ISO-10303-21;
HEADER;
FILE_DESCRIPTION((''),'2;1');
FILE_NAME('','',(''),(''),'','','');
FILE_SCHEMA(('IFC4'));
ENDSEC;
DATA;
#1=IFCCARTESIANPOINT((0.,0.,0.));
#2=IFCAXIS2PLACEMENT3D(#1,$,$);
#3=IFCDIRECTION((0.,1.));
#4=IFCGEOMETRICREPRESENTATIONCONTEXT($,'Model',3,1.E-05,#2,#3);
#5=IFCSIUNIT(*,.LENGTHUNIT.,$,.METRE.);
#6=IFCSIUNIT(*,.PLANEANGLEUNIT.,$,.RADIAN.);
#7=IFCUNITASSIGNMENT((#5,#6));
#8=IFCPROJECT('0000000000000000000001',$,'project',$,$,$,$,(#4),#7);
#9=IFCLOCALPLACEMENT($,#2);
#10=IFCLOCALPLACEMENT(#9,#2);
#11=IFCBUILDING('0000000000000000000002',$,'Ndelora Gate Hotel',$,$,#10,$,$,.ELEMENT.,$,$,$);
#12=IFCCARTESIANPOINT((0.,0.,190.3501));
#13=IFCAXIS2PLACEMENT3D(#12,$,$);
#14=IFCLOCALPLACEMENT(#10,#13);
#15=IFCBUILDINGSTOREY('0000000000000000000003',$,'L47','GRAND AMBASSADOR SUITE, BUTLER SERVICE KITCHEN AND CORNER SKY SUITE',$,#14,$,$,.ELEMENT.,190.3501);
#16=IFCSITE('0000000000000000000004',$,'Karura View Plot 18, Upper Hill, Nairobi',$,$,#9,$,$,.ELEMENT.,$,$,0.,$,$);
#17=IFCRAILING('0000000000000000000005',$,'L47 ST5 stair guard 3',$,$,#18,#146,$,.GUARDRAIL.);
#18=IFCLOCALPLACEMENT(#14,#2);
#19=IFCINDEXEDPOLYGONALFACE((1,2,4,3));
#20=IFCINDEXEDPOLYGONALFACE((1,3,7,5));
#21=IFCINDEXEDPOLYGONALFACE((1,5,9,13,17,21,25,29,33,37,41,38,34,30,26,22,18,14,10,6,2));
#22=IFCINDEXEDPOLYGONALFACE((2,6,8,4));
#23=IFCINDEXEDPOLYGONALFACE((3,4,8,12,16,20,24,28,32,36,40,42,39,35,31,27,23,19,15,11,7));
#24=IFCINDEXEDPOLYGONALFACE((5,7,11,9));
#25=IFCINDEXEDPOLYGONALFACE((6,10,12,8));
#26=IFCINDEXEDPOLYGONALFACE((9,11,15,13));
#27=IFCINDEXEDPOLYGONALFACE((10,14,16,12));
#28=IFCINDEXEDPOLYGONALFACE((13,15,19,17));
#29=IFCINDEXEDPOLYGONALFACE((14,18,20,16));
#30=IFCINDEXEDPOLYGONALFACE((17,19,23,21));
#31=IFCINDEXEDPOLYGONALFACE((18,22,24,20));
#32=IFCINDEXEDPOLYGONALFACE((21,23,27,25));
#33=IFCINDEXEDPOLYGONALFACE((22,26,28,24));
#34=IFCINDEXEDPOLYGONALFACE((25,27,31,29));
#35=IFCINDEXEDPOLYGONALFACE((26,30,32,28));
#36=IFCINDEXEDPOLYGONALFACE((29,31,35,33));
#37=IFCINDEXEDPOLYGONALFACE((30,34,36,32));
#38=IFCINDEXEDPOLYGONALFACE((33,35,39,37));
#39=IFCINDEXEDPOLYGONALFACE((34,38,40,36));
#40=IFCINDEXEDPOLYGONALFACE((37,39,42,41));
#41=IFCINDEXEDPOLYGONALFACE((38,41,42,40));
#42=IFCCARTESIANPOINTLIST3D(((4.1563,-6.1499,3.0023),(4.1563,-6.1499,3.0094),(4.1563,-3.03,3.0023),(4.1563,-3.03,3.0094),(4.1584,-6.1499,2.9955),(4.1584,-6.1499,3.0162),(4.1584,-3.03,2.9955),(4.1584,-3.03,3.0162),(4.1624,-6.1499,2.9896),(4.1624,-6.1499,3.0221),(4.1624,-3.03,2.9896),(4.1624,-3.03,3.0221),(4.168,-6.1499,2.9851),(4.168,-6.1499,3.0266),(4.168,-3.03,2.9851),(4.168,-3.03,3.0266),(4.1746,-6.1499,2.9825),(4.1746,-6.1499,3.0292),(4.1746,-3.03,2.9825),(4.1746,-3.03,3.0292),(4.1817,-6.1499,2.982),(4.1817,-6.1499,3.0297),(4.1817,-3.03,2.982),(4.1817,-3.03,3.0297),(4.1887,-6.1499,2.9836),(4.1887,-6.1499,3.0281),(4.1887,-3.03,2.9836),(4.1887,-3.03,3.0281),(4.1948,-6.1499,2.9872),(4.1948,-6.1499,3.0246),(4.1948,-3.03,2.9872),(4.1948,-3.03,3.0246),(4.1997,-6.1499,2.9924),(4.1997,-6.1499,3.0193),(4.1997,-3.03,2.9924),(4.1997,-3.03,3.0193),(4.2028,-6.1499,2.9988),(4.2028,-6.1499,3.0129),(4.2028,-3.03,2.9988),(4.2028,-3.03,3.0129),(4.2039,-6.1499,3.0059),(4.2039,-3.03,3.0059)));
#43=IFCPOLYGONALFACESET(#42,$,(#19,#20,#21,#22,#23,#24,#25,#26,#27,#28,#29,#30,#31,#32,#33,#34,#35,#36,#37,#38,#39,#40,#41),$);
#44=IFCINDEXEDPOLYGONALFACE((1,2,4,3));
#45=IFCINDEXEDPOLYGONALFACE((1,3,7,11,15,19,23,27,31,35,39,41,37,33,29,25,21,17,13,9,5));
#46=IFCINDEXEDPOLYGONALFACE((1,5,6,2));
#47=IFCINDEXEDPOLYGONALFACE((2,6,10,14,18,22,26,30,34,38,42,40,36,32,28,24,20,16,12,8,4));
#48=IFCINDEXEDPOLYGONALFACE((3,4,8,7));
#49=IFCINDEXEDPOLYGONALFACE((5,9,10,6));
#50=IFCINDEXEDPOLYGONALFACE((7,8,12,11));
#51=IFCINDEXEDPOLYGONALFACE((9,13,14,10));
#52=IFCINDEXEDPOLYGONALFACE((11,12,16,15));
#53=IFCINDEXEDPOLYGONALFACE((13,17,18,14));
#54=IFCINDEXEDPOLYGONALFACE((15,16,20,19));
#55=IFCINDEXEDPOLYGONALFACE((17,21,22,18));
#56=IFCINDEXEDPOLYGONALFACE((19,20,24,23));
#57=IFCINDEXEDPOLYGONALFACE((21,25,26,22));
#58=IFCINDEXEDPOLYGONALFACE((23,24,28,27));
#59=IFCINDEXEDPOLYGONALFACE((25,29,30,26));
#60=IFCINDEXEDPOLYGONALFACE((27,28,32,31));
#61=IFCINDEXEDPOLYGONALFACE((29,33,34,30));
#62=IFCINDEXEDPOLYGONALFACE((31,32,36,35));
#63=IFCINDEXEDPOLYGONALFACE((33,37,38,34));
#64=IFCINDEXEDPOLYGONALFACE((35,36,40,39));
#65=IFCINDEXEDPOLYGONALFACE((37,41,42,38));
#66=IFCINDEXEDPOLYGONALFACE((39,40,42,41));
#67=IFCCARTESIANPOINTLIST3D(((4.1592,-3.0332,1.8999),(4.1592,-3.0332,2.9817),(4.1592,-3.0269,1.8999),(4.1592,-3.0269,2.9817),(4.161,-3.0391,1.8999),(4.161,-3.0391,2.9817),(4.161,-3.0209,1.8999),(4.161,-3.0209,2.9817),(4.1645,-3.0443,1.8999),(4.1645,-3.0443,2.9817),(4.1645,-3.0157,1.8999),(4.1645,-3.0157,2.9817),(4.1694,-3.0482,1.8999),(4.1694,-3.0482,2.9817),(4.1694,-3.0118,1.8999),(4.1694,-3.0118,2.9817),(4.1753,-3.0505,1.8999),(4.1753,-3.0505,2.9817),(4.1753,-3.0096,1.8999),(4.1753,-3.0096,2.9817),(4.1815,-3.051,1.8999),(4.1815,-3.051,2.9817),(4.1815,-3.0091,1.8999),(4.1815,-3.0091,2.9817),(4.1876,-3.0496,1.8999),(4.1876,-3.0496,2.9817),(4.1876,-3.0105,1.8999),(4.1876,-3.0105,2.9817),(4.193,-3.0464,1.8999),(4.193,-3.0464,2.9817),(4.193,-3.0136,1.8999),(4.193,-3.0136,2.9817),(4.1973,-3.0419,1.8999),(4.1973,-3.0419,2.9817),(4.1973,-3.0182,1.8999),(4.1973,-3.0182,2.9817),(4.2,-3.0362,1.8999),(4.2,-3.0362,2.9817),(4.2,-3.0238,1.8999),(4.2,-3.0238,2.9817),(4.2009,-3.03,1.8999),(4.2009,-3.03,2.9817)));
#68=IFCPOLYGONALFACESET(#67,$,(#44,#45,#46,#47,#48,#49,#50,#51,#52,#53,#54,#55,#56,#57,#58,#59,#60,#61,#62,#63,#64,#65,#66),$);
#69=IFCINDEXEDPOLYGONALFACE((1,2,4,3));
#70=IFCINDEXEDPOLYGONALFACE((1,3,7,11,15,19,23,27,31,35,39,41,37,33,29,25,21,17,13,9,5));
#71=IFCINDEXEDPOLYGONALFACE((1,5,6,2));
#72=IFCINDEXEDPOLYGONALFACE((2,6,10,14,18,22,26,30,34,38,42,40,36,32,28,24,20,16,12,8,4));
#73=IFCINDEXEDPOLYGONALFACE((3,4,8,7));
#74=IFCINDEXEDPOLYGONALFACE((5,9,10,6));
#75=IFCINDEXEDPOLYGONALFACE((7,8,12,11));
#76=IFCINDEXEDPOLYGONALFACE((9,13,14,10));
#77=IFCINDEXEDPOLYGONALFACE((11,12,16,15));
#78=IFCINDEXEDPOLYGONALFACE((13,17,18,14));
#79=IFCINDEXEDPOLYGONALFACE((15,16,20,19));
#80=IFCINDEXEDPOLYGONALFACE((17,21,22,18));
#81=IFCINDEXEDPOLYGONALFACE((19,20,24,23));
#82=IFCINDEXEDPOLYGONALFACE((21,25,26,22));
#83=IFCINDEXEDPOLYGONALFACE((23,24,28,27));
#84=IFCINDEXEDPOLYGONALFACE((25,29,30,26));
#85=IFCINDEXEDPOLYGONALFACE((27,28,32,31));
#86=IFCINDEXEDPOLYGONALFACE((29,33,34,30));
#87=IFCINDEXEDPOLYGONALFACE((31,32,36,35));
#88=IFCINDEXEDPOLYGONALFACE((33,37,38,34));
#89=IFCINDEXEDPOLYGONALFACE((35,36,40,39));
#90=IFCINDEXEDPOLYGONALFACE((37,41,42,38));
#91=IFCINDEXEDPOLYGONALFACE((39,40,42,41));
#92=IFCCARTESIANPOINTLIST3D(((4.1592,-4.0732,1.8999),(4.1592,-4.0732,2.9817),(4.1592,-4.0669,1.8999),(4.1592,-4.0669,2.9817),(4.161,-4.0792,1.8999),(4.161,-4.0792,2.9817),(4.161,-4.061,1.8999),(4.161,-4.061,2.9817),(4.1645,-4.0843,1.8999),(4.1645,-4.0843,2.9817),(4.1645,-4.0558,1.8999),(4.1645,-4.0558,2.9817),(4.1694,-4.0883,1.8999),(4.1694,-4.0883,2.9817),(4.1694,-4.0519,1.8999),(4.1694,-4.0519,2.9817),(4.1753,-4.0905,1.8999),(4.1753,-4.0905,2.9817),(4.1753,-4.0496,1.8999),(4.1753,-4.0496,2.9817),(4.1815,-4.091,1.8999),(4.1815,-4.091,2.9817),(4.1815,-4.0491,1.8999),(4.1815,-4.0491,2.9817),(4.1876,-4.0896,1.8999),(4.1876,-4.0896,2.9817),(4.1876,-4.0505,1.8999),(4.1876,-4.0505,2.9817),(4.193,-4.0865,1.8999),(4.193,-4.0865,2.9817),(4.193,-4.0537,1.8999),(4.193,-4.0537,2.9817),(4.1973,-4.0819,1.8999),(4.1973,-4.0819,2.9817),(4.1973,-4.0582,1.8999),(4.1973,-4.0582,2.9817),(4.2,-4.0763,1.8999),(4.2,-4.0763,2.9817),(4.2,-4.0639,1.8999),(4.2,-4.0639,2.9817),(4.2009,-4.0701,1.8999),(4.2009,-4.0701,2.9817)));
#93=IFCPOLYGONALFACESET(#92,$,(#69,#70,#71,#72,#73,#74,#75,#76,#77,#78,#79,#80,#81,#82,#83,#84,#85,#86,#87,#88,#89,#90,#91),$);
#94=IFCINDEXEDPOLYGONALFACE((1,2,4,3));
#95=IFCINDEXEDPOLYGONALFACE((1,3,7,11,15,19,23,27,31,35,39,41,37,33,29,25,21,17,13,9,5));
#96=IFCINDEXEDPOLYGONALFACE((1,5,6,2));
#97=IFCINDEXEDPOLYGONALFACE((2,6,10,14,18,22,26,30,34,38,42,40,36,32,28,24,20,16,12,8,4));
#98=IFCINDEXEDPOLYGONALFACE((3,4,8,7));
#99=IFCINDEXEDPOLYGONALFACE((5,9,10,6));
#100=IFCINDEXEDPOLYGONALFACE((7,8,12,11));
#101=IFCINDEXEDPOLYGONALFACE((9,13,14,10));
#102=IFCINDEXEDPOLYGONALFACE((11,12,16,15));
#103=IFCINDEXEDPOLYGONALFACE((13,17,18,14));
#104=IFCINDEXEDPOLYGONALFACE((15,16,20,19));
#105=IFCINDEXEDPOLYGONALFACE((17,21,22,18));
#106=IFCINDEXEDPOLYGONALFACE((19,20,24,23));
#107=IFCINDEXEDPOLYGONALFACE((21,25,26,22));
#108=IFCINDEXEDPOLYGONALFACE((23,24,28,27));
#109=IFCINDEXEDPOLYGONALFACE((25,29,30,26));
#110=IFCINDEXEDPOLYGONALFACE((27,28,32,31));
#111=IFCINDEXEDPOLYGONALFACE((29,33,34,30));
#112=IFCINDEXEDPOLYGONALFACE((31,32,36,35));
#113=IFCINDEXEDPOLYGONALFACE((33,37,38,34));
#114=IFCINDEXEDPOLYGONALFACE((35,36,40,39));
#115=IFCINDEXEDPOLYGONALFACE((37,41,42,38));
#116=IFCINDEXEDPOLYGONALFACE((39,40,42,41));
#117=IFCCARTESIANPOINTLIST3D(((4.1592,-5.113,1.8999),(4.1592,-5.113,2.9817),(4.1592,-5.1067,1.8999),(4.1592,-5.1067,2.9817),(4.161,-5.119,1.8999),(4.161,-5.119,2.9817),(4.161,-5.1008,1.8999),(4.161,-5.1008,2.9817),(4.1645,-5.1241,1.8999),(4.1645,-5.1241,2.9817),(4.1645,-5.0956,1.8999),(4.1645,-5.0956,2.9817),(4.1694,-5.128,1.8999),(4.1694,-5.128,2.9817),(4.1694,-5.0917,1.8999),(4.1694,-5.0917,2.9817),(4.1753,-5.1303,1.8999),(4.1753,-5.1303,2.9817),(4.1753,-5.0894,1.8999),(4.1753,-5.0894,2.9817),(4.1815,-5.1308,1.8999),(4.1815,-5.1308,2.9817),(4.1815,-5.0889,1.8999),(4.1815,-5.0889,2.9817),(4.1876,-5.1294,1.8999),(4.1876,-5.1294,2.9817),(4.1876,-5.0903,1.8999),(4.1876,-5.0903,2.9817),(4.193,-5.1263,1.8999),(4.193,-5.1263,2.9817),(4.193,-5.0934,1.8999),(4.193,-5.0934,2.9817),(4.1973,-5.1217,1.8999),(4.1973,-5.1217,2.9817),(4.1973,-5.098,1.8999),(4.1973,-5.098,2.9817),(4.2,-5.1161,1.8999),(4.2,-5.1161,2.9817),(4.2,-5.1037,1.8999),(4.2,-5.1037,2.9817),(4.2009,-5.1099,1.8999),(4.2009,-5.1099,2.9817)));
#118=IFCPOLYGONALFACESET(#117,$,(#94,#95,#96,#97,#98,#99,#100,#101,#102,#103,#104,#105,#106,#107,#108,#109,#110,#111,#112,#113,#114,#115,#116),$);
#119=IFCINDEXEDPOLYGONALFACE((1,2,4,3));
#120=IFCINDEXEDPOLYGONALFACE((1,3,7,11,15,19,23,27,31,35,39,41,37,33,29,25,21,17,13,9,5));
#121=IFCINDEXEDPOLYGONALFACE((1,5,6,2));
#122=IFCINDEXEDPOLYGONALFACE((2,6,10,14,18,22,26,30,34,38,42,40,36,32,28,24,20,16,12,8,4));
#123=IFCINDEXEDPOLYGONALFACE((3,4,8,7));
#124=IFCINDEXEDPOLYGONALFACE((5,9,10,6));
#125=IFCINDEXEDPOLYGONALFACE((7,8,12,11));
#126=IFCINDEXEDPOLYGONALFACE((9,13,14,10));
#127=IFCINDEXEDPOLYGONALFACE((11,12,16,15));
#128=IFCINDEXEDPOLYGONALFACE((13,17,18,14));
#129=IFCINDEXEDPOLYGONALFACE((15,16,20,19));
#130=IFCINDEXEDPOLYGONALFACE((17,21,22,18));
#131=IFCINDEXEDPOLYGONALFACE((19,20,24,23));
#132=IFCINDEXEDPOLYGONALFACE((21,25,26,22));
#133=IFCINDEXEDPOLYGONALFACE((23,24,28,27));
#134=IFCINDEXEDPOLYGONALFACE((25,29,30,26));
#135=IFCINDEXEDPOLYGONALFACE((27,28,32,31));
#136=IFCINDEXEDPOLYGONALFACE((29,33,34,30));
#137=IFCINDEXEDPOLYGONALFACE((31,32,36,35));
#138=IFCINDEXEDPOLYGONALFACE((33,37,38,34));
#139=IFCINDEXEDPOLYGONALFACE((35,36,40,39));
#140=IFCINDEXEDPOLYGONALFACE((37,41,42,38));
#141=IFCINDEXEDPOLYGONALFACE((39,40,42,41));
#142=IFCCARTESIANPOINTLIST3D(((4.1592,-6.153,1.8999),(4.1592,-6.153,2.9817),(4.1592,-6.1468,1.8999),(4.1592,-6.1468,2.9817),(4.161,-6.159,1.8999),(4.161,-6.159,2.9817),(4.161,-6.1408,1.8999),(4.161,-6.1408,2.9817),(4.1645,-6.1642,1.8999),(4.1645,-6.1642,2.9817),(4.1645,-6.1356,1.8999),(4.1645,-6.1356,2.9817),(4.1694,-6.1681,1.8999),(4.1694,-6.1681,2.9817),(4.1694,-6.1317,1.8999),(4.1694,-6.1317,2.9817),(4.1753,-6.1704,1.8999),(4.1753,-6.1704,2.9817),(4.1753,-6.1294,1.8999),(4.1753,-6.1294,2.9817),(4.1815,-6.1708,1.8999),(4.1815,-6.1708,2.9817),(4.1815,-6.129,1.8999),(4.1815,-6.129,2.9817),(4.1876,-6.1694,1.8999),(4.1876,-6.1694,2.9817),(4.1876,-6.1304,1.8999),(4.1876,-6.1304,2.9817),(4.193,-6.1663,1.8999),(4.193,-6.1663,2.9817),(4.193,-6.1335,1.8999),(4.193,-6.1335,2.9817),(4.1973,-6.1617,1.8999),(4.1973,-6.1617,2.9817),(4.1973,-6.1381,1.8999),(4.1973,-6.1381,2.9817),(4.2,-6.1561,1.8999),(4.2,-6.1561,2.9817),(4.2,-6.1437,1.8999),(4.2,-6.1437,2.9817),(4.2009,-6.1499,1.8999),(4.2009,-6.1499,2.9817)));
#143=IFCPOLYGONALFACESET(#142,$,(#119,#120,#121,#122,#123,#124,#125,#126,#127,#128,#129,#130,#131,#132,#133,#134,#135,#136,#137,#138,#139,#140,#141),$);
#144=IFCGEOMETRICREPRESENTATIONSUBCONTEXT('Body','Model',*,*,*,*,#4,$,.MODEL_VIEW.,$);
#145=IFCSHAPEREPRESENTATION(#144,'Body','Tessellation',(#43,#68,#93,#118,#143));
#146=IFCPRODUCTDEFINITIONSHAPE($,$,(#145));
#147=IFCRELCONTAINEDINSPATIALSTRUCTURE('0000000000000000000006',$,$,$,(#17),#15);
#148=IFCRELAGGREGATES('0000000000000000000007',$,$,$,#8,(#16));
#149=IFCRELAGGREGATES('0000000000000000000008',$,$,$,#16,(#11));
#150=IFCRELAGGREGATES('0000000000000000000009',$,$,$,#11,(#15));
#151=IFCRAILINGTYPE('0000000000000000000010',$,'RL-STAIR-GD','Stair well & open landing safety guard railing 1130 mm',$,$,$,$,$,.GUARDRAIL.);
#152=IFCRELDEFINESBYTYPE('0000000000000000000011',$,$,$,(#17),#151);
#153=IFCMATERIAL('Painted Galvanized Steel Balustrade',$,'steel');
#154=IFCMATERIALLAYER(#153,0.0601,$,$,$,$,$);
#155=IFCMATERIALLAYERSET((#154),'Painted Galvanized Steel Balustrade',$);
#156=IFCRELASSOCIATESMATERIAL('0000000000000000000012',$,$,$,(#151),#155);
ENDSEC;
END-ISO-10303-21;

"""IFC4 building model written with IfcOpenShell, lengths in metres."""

from ifc_helpers import new_model, si_unit, direction, frame, origin, origin_2d, place, context, subcontext, project, spatial, circle, extrude, material, layer, layer_set, type_object, element, save


model = new_model("IFC4")

# Units and contexts
model_context = context("Model", 3, precision=1e-05, world=origin(), true_north=direction((0.0, 1.0)))
body_context = subcontext(model_context, "Body", "Model", "MODEL_VIEW")
ifc_project = project(units=[si_unit("LENGTHUNIT", "METRE"), si_unit("PLANEANGLEUNIT", "RADIAN")], contexts=[model_context])

# Site, building, storey
site_placement = place(None, origin())
site = spatial("IfcSite", under=ifc_project, at=site_placement, Name="Karura View Plot 18, Upper Hill, Nairobi", CompositionType="ELEMENT", RefElevation=0.0)
building_placement = place(site_placement, origin())
building = spatial("IfcBuilding", under=site, at=building_placement, Name="Ndelora Gate Hotel", CompositionType="ELEMENT")
storey_placement = place(building_placement, frame((0.0, 0.0, 190.3501)))
storey = spatial("IfcBuildingStorey", under=building, at=storey_placement, Name="L47", Description="GRAND AMBASSADOR SUITE, BUTLER SERVICE KITCHEN AND CORNER SKY SUITE", CompositionType="ELEMENT", Elevation=190.3501)

# Railing
ifc_material_1 = material(Name="Painted Galvanized Steel Balustrade", Category="steel")
ifc_layer_1 = layer(ifc_material_1, 0.0601)
ifc_layer_set_1 = layer_set([ifc_layer_1], Name="Painted Galvanized Steel Balustrade")
railing_type_1 = type_object("IfcRailingType", Name="RL-STAIR-GD", Description="Stair well & open landing safety guard railing 1130 mm", PredefinedType="GUARDRAIL", material=ifc_layer_set_1)
for number, where, name in (
    (1, (4.1799, -3.03, 1.8999), "L47 ST5 stair guard 3"),
):
    element("IfcRailing", number, at=place(storey_placement, frame(where)), inside=storey, type_object=railing_type_1, Name=name, PredefinedType="GUARDRAIL", context=body_context, shape_type="SweptSolid", body=[
        extrude(circle(Radius=0.0239, at=origin_2d()), frame((0.0, 0.0, 1.106), z_axis=(0.0, -1.0, 0.0), x_axis=(1.0, 0.0, 0.0)), (0.0, 0.0, 1.0), 3.1199),
        extrude(circle(Radius=0.021, at=origin_2d()), origin(), (0.0, 0.0, 1.0), 1.0818),
        extrude(circle(Radius=0.021, at=origin_2d()), frame((0.0, -1.04, 0.0)), (0.0, 0.0, 1.0), 1.0818),
        extrude(circle(Radius=0.021, at=origin_2d()), frame((0.0, -2.0798, 0.0)), (0.0, 0.0, 1.0), 1.0818),
        extrude(circle(Radius=0.021, at=origin_2d()), frame((0.0, -3.1199, 0.0)), (0.0, 0.0, 1.0), 1.0818),
    ])

save(model, "model.ifc")
